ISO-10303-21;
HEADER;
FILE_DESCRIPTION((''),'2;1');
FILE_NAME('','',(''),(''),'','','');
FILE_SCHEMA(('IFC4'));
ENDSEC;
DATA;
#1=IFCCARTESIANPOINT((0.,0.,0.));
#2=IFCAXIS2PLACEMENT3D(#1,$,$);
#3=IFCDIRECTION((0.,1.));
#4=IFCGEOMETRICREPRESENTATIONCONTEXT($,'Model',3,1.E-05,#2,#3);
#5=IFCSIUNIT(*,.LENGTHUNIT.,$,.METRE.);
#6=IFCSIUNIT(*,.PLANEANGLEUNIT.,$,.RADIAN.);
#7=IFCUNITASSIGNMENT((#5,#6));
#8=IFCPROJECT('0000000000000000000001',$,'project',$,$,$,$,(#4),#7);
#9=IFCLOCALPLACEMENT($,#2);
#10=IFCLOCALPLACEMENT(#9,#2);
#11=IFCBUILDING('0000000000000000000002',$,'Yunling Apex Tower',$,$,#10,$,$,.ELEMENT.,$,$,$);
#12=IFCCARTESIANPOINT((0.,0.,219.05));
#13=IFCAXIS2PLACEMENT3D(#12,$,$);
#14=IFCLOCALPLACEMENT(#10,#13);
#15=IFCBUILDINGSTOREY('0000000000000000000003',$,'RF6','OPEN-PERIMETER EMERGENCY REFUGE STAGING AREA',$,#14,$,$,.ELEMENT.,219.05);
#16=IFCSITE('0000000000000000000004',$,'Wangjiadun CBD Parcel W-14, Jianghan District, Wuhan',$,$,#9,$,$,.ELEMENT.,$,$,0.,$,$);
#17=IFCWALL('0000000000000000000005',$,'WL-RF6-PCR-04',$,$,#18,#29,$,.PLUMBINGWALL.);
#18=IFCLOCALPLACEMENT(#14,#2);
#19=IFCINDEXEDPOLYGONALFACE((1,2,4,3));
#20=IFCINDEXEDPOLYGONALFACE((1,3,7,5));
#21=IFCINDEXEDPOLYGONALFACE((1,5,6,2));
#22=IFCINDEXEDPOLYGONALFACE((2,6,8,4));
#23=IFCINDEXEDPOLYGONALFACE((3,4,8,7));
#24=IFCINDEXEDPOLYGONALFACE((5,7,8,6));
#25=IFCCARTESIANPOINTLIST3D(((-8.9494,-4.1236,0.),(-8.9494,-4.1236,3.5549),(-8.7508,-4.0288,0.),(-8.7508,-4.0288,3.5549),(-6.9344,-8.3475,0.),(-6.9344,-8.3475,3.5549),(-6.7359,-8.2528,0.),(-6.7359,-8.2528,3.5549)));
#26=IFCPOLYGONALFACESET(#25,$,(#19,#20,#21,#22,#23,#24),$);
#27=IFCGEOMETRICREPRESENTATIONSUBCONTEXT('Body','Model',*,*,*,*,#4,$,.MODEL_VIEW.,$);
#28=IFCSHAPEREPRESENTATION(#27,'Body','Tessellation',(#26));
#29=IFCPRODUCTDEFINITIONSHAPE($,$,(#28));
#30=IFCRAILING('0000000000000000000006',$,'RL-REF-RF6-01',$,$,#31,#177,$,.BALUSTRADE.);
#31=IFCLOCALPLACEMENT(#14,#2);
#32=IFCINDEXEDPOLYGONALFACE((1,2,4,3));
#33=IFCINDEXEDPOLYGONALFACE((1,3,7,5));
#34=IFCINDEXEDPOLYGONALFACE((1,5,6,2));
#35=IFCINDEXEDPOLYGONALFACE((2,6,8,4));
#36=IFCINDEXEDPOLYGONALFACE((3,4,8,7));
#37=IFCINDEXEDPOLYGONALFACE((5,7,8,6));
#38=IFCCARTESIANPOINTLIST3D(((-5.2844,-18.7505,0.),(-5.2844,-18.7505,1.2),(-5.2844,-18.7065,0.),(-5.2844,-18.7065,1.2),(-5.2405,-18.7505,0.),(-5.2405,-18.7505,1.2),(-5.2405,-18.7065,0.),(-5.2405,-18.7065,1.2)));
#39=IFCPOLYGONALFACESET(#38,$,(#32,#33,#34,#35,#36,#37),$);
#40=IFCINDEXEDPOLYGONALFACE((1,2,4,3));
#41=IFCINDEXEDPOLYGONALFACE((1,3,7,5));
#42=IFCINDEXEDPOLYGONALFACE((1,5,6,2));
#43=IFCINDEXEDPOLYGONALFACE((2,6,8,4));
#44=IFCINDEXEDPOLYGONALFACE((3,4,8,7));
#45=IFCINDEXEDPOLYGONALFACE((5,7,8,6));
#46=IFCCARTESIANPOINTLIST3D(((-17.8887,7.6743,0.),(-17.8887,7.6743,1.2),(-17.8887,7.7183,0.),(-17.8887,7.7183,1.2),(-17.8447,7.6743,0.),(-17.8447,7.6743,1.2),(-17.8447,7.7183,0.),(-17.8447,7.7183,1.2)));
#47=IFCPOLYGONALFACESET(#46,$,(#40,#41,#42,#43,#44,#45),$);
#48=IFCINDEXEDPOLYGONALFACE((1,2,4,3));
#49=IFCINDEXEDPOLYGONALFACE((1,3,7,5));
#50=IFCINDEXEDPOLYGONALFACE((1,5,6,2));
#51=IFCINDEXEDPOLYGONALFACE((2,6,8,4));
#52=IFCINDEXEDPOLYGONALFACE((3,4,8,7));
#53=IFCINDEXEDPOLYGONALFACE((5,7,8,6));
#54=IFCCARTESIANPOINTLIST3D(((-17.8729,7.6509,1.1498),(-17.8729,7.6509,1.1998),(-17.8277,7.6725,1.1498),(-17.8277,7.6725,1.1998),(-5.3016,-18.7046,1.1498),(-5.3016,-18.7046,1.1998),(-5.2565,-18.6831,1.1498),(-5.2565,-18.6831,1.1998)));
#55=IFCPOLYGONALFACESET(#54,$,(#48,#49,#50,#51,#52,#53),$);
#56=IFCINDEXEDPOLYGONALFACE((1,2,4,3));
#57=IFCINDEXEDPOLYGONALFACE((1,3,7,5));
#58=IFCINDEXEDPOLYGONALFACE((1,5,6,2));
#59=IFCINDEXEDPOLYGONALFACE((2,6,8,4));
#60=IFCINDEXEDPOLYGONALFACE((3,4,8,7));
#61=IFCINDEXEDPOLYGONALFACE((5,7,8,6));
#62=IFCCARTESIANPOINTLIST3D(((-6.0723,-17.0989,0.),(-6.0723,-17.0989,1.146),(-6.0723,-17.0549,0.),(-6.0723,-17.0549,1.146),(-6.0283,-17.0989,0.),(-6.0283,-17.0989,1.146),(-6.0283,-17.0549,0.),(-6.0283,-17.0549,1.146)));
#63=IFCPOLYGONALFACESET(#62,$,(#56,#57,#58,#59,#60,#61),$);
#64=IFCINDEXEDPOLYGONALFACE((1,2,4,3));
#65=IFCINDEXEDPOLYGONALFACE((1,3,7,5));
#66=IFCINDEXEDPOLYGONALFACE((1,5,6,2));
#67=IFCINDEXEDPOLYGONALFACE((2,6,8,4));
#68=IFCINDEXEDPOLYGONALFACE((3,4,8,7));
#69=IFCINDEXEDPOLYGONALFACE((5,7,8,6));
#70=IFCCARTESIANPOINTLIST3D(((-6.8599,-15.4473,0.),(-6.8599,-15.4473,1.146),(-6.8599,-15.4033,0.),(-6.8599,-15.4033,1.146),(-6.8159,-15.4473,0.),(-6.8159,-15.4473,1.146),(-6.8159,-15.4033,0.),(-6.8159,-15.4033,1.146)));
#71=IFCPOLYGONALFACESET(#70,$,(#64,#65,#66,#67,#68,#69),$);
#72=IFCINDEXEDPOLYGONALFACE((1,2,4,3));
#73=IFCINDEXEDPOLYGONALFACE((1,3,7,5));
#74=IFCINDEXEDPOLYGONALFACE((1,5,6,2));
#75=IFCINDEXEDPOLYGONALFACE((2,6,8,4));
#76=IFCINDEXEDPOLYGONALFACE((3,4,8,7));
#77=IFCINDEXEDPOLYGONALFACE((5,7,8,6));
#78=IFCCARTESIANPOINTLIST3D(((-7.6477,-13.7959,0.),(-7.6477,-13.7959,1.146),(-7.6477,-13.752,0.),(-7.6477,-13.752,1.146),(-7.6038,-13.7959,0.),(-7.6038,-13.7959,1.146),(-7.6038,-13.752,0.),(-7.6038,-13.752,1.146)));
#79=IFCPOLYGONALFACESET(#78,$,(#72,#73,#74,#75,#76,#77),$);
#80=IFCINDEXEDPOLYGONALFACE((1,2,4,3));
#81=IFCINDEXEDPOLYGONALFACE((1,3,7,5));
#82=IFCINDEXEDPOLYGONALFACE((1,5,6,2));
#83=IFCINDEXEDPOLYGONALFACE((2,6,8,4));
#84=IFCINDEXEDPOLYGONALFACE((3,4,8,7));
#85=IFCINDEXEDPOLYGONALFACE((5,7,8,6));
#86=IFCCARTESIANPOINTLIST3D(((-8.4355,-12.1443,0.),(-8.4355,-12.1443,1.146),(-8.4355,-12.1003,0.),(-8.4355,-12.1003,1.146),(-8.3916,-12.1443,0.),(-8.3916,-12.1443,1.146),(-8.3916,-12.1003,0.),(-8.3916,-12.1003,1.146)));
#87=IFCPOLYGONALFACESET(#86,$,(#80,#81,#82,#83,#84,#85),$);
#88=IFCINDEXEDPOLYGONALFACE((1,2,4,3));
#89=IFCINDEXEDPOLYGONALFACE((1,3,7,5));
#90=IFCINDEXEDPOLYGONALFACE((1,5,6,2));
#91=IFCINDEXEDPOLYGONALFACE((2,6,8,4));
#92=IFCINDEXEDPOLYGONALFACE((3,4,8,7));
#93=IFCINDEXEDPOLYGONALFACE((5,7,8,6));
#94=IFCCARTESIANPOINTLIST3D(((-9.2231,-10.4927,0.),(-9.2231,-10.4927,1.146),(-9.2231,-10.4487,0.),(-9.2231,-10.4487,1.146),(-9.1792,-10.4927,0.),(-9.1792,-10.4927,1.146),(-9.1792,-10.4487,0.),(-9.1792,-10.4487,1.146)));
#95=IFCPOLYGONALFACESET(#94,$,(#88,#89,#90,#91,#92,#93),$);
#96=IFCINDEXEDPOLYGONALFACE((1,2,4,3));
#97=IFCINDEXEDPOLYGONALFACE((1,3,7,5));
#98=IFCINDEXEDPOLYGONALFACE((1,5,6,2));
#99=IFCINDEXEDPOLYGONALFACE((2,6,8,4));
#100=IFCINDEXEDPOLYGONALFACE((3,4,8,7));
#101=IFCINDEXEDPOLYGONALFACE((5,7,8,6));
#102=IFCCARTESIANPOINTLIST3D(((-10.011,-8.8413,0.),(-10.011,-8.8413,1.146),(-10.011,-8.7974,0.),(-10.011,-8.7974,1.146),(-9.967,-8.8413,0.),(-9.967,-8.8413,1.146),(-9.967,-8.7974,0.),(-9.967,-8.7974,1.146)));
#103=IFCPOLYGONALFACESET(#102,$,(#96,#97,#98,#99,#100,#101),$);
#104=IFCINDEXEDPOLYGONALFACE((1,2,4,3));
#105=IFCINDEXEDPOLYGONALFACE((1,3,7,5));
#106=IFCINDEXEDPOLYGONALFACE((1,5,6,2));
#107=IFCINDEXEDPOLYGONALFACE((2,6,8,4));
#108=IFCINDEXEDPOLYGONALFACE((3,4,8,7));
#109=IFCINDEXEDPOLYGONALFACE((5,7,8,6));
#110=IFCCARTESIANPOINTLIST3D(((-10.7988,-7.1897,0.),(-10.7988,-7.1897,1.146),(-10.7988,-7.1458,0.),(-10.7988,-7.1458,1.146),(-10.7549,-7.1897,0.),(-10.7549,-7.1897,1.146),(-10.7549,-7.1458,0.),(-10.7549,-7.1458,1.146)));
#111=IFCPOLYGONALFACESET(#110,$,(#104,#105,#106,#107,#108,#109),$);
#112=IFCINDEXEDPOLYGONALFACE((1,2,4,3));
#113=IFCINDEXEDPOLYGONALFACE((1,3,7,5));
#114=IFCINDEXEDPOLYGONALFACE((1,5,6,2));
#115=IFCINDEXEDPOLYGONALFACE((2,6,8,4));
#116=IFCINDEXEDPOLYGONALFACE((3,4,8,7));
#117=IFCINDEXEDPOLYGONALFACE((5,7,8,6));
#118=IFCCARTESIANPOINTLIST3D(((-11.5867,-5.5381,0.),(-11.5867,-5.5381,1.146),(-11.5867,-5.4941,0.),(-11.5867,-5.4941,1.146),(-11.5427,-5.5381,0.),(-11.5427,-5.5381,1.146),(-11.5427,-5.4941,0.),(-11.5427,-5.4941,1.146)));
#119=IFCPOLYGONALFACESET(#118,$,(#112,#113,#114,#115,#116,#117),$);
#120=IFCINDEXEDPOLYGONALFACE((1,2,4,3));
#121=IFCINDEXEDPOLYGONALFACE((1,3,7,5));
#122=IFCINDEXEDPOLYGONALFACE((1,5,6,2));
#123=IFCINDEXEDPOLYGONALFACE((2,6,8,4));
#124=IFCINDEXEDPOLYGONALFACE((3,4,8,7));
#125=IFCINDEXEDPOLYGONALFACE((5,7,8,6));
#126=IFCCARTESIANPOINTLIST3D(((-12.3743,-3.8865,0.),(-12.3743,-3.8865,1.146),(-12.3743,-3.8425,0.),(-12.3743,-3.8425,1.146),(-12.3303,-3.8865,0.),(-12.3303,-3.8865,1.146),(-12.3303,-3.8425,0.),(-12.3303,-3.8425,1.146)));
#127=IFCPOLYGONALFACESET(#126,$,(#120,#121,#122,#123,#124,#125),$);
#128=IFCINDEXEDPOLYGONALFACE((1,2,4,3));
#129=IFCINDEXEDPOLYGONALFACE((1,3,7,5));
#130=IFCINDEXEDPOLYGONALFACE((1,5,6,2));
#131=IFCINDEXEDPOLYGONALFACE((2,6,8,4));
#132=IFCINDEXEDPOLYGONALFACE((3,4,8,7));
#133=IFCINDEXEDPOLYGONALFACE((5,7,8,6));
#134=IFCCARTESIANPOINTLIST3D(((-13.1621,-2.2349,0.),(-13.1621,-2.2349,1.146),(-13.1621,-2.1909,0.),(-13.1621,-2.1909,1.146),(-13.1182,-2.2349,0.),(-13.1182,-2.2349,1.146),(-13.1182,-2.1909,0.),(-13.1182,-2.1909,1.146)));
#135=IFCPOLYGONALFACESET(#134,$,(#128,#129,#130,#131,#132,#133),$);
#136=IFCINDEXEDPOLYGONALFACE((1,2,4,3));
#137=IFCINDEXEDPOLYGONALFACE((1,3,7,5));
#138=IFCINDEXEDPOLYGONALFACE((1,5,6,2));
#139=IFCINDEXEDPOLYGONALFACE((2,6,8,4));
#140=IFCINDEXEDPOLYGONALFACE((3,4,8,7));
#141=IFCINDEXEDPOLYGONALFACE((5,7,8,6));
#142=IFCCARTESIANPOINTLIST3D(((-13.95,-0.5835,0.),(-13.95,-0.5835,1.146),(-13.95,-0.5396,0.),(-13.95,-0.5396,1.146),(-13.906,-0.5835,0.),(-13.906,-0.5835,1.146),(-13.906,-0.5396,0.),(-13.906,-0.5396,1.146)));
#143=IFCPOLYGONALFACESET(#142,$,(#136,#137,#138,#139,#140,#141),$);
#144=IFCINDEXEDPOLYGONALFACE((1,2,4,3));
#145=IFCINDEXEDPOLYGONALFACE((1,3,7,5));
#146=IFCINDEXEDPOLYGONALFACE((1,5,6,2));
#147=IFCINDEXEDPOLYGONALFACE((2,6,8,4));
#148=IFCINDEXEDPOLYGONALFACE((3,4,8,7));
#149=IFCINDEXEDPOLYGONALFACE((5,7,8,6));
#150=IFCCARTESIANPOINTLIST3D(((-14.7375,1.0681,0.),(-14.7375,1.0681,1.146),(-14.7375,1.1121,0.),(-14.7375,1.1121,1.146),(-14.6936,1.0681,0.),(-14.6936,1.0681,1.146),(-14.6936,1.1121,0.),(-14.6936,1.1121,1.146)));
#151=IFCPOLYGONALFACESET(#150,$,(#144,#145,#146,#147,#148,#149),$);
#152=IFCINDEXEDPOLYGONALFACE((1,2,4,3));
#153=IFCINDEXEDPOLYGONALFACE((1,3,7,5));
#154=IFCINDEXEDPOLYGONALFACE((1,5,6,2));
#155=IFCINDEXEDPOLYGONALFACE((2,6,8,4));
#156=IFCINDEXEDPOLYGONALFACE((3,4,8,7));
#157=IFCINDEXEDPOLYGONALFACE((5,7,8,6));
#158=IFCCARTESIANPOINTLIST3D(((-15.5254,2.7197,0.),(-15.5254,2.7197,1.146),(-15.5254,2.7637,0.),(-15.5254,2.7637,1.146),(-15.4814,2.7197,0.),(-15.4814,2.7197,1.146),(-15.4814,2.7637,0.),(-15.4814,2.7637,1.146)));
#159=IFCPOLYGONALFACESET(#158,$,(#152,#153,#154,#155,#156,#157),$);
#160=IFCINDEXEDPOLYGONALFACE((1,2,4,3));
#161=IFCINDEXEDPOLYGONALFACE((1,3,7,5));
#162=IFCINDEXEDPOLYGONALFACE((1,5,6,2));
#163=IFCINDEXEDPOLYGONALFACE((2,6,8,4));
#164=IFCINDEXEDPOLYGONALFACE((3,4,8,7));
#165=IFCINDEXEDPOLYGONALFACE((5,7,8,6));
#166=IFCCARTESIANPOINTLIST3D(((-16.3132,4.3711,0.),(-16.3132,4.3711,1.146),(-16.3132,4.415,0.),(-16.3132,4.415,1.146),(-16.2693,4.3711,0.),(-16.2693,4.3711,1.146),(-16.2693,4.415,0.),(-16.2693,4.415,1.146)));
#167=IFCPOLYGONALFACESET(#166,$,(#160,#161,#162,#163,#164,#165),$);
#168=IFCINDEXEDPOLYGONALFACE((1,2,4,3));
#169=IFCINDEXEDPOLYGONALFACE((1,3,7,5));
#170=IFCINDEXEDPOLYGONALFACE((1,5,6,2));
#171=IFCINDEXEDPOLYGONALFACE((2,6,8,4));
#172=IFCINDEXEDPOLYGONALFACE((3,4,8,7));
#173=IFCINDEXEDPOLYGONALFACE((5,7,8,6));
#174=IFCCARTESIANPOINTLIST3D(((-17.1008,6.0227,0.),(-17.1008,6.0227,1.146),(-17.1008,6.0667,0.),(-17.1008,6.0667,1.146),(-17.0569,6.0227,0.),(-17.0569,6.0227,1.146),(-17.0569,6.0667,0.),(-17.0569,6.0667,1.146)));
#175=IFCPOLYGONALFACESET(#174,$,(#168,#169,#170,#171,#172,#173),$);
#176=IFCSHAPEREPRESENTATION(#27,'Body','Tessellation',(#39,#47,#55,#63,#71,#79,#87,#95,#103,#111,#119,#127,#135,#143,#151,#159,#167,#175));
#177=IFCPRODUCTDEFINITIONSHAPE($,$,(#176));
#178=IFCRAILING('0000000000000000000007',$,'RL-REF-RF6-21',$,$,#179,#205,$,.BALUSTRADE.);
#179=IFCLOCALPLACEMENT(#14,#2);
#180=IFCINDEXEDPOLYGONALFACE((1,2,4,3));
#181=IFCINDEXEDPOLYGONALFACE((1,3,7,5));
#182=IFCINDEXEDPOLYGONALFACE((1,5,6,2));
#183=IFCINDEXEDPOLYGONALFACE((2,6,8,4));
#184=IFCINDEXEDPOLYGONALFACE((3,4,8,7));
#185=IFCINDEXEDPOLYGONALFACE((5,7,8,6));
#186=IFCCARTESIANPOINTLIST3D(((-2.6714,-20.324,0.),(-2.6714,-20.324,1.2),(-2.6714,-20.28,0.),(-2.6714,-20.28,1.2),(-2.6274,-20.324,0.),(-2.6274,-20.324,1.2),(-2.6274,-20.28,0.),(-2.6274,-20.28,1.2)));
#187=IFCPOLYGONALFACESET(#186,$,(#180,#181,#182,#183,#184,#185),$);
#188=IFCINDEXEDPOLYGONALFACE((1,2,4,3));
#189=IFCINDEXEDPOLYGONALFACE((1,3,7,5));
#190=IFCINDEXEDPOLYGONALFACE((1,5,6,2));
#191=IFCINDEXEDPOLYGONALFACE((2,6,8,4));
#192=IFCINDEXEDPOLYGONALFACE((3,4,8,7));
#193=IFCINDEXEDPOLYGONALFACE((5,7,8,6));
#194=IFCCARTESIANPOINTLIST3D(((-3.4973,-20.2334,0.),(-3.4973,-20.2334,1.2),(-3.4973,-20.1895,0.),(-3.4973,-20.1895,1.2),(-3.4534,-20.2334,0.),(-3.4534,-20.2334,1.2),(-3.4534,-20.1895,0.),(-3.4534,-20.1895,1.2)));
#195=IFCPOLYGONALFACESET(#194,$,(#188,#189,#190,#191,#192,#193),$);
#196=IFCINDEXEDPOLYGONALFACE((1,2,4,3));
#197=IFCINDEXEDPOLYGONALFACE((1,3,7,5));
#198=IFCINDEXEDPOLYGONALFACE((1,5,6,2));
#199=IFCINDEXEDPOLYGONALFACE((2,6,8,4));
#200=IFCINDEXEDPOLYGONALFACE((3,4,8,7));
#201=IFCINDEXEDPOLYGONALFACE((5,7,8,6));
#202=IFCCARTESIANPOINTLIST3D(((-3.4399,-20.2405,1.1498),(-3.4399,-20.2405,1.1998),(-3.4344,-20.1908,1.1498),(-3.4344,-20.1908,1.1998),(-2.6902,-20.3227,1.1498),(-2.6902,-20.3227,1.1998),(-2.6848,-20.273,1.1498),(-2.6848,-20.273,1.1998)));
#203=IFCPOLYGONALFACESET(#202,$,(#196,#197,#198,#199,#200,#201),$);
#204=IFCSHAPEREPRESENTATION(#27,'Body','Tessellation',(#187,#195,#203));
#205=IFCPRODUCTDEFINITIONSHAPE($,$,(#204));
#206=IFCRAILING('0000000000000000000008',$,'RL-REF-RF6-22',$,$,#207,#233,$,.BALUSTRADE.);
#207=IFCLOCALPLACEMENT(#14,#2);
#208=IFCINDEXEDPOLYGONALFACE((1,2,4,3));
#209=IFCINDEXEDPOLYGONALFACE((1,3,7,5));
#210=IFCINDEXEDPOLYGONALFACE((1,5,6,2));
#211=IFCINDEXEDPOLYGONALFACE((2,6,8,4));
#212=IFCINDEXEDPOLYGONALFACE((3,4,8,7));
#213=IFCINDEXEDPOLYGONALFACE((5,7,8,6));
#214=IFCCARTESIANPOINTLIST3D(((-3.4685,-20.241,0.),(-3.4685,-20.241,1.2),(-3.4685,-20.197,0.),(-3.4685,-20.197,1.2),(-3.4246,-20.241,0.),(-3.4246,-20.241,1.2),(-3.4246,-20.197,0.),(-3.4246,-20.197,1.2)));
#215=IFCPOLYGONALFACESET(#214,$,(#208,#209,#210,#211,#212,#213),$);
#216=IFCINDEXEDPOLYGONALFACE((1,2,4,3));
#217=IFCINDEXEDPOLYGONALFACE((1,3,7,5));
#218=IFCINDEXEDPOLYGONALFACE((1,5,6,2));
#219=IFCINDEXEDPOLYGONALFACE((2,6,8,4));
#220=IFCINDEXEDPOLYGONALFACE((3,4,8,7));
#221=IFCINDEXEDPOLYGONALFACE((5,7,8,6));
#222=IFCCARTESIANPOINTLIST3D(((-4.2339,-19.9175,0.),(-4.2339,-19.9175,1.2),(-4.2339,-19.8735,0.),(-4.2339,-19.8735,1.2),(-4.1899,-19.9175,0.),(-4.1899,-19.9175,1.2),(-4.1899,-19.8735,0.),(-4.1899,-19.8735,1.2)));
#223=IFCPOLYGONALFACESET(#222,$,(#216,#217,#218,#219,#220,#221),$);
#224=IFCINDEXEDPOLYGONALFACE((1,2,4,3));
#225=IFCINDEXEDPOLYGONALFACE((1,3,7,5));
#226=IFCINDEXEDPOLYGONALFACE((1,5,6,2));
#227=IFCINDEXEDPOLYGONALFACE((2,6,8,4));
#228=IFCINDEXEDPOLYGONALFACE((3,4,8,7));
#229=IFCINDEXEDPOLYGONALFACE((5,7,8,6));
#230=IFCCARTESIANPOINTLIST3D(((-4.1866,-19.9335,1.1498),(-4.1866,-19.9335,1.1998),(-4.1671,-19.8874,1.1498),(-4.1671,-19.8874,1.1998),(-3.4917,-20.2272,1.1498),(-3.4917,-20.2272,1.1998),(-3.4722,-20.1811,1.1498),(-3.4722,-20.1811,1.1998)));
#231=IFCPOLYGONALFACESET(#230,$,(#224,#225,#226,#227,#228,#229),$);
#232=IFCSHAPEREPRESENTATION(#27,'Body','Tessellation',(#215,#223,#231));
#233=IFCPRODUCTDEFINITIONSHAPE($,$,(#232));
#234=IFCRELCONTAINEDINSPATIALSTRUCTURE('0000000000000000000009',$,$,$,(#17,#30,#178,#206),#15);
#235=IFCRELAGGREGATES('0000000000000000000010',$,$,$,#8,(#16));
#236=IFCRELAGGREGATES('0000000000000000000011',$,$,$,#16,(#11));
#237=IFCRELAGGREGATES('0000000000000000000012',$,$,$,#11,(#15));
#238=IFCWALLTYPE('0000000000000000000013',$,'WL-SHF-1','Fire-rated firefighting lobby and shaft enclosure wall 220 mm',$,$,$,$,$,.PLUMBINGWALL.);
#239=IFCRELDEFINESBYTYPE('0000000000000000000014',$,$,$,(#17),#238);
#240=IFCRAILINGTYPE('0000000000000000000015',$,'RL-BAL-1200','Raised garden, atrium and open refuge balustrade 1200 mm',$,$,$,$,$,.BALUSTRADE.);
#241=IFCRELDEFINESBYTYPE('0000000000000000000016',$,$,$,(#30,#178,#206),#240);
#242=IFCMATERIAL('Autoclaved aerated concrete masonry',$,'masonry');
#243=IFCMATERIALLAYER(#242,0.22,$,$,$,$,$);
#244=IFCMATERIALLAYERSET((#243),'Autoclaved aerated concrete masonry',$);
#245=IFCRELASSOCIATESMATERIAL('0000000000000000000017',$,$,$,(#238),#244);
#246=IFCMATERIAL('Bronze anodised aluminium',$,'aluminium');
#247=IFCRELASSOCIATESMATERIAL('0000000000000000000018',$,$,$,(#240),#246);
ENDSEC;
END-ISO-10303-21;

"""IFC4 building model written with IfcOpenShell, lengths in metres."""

from ifc_helpers import new_model, si_unit, direction, frame, frame_2d, origin, origin_2d, place, context, subcontext, project, spatial, rectangle, extrude, material, layer, layer_set, type_object, element, save


model = new_model("IFC4")

# Units and contexts
model_context = context("Model", 3, precision=1e-05, world=origin(), true_north=direction((0.0, 1.0)))
body_context = subcontext(model_context, "Body", "Model", "MODEL_VIEW")
ifc_project = project(units=[si_unit("LENGTHUNIT", "METRE"), si_unit("PLANEANGLEUNIT", "RADIAN")], contexts=[model_context])

# Site, building, storey
site_placement = place(None, origin())
site = spatial("IfcSite", under=ifc_project, at=site_placement, Name="Wangjiadun CBD Parcel W-14, Jianghan District, Wuhan", CompositionType="ELEMENT", RefElevation=0.0)
building_placement = place(site_placement, origin())
building = spatial("IfcBuilding", under=site, at=building_placement, Name="Yunling Apex Tower", CompositionType="ELEMENT")
storey_placement = place(building_placement, frame((0.0, 0.0, 219.05)))
storey = spatial("IfcBuildingStorey", under=building, at=storey_placement, Name="RF6", Description="OPEN-PERIMETER EMERGENCY REFUGE STAGING AREA", CompositionType="ELEMENT", Elevation=219.05)

# Wall
ifc_material_1 = material(Name="Autoclaved aerated concrete masonry", Category="masonry")
ifc_layer_1 = layer(ifc_material_1, 0.22)
ifc_layer_set_1 = layer_set([ifc_layer_1], Name="Autoclaved aerated concrete masonry")
wall_type_1 = type_object("IfcWallType", Name="WL-SHF-1", Description="Fire-rated firefighting lobby and shaft enclosure wall 220 mm", PredefinedType="PLUMBINGWALL", material=ifc_layer_set_1)
wall_1_placement = place(storey_placement, frame((-6.8352, -8.3, 0.0), z_axis=(0.0, 0.0, 1.0), x_axis=(-0.430547, 0.902568, 0.0)))
element("IfcWall", 1, at=wall_1_placement, inside=storey, type_object=wall_type_1, Name="WL-RF6-PCR-04", PredefinedType="PLUMBINGWALL", context=body_context, shape_type="SweptSolid", body=[
    extrude(rectangle(XDim=4.6799, YDim=0.22, at=frame_2d((2.3398, 0.0))), origin(), (0.0, 0.0, 1.0), 3.5549),
])

# Railings
ifc_material_2 = material(Name="Bronze anodised aluminium", Category="aluminium")
railing_type = type_object("IfcRailingType", Name="RL-BAL-1200", Description="Raised garden, atrium and open refuge balustrade 1200 mm", PredefinedType="BALUSTRADE", material=ifc_material_2)
railing_1_placement = place(storey_placement, frame((-5.2625, -18.7285, 0.0)))
element("IfcRailing", 2, at=railing_1_placement, inside=storey, type_object=railing_type, Name="RL-REF-RF6-01", PredefinedType="BALUSTRADE", context=body_context, shape_type="SweptSolid", body=[
    extrude(rectangle(XDim=0.0439, YDim=0.0439, at=origin_2d()), origin(), (0.0, 0.0, 1.0), 1.2),
    extrude(rectangle(XDim=0.0439, YDim=0.0439, at=origin_2d()), frame((-12.6042, 26.4248, 0.0)), (0.0, 0.0, 1.0), 1.2),
    extrude(rectangle(XDim=0.05, YDim=0.05, at=origin_2d()), frame((-0.0166, 0.0347, 1.1748), z_axis=(-0.430518, 0.902582, 0.0), x_axis=(-0.902582, -0.430518, 0.0)), (0.0, 0.0, 1.0), 29.2002),
    extrude(rectangle(XDim=0.0439, YDim=0.0439, at=origin_2d()), frame((-0.7878, 1.6516, 0.0)), (0.0, 0.0, 1.0), 1.146),
    extrude(rectangle(XDim=0.0439, YDim=0.0439, at=origin_2d()), frame((-1.5754, 3.3032, 0.0)), (0.0, 0.0, 1.0), 1.146),
    extrude(rectangle(XDim=0.0439, YDim=0.0439, at=origin_2d()), frame((-2.3633, 4.9546, 0.0)), (0.0, 0.0, 1.0), 1.146),
    extrude(rectangle(XDim=0.0439, YDim=0.0439, at=origin_2d()), frame((-3.1511, 6.6062, 0.0)), (0.0, 0.0, 1.0), 1.146),
    extrude(rectangle(XDim=0.0439, YDim=0.0439, at=origin_2d()), frame((-3.9387, 8.2578, 0.0)), (0.0, 0.0, 1.0), 1.146),
    extrude(rectangle(XDim=0.0439, YDim=0.0439, at=origin_2d()), frame((-4.7266, 9.9092, 0.0)), (0.0, 0.0, 1.0), 1.146),
    extrude(rectangle(XDim=0.0439, YDim=0.0439, at=origin_2d()), frame((-5.5144, 11.5608, 0.0)), (0.0, 0.0, 1.0), 1.146),
    extrude(rectangle(XDim=0.0439, YDim=0.0439, at=origin_2d()), frame((-6.3022, 13.2124, 0.0)), (0.0, 0.0, 1.0), 1.146),
    extrude(rectangle(XDim=0.0439, YDim=0.0439, at=origin_2d()), frame((-7.0898, 14.864, 0.0)), (0.0, 0.0, 1.0), 1.146),
    extrude(rectangle(XDim=0.0439, YDim=0.0439, at=origin_2d()), frame((-7.8777, 16.5156, 0.0)), (0.0, 0.0, 1.0), 1.146),
    extrude(rectangle(XDim=0.0439, YDim=0.0439, at=origin_2d()), frame((-8.6655, 18.167, 0.0)), (0.0, 0.0, 1.0), 1.146),
    extrude(rectangle(XDim=0.0439, YDim=0.0439, at=origin_2d()), frame((-9.4531, 19.8186, 0.0)), (0.0, 0.0, 1.0), 1.146),
    extrude(rectangle(XDim=0.0439, YDim=0.0439, at=origin_2d()), frame((-10.241, 21.4702, 0.0)), (0.0, 0.0, 1.0), 1.146),
    extrude(rectangle(XDim=0.0439, YDim=0.0439, at=origin_2d()), frame((-11.0288, 23.1216, 0.0)), (0.0, 0.0, 1.0), 1.146),
    extrude(rectangle(XDim=0.0439, YDim=0.0439, at=origin_2d()), frame((-11.8164, 24.7732, 0.0)), (0.0, 0.0, 1.0), 1.146),
])
railing_2_placement = place(storey_placement, frame((-2.6494, -20.302, 0.0)))
element("IfcRailing", 3, at=railing_2_placement, inside=storey, type_object=railing_type, Name="RL-REF-RF6-21", PredefinedType="BALUSTRADE", context=body_context, shape_type="SweptSolid", body=[
    extrude(rectangle(XDim=0.0439, YDim=0.0439, at=origin_2d()), origin(), (0.0, 0.0, 1.0), 1.2),
    extrude(rectangle(XDim=0.0439, YDim=0.0439, at=origin_2d()), frame((-0.8259, 0.0906, 0.0)), (0.0, 0.0, 1.0), 1.2),
    extrude(rectangle(XDim=0.05, YDim=0.05, at=origin_2d()), frame((-0.0381, 0.0042, 1.1748), z_axis=(-0.99404, 0.109012, 0.0), x_axis=(-0.109012, -0.99404, 0.0)), (0.0, 0.0, 1.0), 0.7542),
])
railing_3_placement = place(storey_placement, frame((-3.4465, -20.219, 0.0)))
element("IfcRailing", 4, at=railing_3_placement, inside=storey, type_object=railing_type, Name="RL-REF-RF6-22", PredefinedType="BALUSTRADE", context=body_context, shape_type="SweptSolid", body=[
    extrude(rectangle(XDim=0.0439, YDim=0.0439, at=origin_2d()), origin(), (0.0, 0.0, 1.0), 1.2),
    extrude(rectangle(XDim=0.0439, YDim=0.0439, at=origin_2d()), frame((-0.7654, 0.3235, 0.0)), (0.0, 0.0, 1.0), 1.2),
    extrude(rectangle(XDim=0.05, YDim=0.05, at=origin_2d()), frame((-0.0354, 0.0149, 1.1748), z_axis=(-0.921109, 0.389304, 0.0), x_axis=(-0.389304, -0.921109, 0.0)), (0.0, 0.0, 1.0), 0.7544),
])

save(model, "model.ifc")
